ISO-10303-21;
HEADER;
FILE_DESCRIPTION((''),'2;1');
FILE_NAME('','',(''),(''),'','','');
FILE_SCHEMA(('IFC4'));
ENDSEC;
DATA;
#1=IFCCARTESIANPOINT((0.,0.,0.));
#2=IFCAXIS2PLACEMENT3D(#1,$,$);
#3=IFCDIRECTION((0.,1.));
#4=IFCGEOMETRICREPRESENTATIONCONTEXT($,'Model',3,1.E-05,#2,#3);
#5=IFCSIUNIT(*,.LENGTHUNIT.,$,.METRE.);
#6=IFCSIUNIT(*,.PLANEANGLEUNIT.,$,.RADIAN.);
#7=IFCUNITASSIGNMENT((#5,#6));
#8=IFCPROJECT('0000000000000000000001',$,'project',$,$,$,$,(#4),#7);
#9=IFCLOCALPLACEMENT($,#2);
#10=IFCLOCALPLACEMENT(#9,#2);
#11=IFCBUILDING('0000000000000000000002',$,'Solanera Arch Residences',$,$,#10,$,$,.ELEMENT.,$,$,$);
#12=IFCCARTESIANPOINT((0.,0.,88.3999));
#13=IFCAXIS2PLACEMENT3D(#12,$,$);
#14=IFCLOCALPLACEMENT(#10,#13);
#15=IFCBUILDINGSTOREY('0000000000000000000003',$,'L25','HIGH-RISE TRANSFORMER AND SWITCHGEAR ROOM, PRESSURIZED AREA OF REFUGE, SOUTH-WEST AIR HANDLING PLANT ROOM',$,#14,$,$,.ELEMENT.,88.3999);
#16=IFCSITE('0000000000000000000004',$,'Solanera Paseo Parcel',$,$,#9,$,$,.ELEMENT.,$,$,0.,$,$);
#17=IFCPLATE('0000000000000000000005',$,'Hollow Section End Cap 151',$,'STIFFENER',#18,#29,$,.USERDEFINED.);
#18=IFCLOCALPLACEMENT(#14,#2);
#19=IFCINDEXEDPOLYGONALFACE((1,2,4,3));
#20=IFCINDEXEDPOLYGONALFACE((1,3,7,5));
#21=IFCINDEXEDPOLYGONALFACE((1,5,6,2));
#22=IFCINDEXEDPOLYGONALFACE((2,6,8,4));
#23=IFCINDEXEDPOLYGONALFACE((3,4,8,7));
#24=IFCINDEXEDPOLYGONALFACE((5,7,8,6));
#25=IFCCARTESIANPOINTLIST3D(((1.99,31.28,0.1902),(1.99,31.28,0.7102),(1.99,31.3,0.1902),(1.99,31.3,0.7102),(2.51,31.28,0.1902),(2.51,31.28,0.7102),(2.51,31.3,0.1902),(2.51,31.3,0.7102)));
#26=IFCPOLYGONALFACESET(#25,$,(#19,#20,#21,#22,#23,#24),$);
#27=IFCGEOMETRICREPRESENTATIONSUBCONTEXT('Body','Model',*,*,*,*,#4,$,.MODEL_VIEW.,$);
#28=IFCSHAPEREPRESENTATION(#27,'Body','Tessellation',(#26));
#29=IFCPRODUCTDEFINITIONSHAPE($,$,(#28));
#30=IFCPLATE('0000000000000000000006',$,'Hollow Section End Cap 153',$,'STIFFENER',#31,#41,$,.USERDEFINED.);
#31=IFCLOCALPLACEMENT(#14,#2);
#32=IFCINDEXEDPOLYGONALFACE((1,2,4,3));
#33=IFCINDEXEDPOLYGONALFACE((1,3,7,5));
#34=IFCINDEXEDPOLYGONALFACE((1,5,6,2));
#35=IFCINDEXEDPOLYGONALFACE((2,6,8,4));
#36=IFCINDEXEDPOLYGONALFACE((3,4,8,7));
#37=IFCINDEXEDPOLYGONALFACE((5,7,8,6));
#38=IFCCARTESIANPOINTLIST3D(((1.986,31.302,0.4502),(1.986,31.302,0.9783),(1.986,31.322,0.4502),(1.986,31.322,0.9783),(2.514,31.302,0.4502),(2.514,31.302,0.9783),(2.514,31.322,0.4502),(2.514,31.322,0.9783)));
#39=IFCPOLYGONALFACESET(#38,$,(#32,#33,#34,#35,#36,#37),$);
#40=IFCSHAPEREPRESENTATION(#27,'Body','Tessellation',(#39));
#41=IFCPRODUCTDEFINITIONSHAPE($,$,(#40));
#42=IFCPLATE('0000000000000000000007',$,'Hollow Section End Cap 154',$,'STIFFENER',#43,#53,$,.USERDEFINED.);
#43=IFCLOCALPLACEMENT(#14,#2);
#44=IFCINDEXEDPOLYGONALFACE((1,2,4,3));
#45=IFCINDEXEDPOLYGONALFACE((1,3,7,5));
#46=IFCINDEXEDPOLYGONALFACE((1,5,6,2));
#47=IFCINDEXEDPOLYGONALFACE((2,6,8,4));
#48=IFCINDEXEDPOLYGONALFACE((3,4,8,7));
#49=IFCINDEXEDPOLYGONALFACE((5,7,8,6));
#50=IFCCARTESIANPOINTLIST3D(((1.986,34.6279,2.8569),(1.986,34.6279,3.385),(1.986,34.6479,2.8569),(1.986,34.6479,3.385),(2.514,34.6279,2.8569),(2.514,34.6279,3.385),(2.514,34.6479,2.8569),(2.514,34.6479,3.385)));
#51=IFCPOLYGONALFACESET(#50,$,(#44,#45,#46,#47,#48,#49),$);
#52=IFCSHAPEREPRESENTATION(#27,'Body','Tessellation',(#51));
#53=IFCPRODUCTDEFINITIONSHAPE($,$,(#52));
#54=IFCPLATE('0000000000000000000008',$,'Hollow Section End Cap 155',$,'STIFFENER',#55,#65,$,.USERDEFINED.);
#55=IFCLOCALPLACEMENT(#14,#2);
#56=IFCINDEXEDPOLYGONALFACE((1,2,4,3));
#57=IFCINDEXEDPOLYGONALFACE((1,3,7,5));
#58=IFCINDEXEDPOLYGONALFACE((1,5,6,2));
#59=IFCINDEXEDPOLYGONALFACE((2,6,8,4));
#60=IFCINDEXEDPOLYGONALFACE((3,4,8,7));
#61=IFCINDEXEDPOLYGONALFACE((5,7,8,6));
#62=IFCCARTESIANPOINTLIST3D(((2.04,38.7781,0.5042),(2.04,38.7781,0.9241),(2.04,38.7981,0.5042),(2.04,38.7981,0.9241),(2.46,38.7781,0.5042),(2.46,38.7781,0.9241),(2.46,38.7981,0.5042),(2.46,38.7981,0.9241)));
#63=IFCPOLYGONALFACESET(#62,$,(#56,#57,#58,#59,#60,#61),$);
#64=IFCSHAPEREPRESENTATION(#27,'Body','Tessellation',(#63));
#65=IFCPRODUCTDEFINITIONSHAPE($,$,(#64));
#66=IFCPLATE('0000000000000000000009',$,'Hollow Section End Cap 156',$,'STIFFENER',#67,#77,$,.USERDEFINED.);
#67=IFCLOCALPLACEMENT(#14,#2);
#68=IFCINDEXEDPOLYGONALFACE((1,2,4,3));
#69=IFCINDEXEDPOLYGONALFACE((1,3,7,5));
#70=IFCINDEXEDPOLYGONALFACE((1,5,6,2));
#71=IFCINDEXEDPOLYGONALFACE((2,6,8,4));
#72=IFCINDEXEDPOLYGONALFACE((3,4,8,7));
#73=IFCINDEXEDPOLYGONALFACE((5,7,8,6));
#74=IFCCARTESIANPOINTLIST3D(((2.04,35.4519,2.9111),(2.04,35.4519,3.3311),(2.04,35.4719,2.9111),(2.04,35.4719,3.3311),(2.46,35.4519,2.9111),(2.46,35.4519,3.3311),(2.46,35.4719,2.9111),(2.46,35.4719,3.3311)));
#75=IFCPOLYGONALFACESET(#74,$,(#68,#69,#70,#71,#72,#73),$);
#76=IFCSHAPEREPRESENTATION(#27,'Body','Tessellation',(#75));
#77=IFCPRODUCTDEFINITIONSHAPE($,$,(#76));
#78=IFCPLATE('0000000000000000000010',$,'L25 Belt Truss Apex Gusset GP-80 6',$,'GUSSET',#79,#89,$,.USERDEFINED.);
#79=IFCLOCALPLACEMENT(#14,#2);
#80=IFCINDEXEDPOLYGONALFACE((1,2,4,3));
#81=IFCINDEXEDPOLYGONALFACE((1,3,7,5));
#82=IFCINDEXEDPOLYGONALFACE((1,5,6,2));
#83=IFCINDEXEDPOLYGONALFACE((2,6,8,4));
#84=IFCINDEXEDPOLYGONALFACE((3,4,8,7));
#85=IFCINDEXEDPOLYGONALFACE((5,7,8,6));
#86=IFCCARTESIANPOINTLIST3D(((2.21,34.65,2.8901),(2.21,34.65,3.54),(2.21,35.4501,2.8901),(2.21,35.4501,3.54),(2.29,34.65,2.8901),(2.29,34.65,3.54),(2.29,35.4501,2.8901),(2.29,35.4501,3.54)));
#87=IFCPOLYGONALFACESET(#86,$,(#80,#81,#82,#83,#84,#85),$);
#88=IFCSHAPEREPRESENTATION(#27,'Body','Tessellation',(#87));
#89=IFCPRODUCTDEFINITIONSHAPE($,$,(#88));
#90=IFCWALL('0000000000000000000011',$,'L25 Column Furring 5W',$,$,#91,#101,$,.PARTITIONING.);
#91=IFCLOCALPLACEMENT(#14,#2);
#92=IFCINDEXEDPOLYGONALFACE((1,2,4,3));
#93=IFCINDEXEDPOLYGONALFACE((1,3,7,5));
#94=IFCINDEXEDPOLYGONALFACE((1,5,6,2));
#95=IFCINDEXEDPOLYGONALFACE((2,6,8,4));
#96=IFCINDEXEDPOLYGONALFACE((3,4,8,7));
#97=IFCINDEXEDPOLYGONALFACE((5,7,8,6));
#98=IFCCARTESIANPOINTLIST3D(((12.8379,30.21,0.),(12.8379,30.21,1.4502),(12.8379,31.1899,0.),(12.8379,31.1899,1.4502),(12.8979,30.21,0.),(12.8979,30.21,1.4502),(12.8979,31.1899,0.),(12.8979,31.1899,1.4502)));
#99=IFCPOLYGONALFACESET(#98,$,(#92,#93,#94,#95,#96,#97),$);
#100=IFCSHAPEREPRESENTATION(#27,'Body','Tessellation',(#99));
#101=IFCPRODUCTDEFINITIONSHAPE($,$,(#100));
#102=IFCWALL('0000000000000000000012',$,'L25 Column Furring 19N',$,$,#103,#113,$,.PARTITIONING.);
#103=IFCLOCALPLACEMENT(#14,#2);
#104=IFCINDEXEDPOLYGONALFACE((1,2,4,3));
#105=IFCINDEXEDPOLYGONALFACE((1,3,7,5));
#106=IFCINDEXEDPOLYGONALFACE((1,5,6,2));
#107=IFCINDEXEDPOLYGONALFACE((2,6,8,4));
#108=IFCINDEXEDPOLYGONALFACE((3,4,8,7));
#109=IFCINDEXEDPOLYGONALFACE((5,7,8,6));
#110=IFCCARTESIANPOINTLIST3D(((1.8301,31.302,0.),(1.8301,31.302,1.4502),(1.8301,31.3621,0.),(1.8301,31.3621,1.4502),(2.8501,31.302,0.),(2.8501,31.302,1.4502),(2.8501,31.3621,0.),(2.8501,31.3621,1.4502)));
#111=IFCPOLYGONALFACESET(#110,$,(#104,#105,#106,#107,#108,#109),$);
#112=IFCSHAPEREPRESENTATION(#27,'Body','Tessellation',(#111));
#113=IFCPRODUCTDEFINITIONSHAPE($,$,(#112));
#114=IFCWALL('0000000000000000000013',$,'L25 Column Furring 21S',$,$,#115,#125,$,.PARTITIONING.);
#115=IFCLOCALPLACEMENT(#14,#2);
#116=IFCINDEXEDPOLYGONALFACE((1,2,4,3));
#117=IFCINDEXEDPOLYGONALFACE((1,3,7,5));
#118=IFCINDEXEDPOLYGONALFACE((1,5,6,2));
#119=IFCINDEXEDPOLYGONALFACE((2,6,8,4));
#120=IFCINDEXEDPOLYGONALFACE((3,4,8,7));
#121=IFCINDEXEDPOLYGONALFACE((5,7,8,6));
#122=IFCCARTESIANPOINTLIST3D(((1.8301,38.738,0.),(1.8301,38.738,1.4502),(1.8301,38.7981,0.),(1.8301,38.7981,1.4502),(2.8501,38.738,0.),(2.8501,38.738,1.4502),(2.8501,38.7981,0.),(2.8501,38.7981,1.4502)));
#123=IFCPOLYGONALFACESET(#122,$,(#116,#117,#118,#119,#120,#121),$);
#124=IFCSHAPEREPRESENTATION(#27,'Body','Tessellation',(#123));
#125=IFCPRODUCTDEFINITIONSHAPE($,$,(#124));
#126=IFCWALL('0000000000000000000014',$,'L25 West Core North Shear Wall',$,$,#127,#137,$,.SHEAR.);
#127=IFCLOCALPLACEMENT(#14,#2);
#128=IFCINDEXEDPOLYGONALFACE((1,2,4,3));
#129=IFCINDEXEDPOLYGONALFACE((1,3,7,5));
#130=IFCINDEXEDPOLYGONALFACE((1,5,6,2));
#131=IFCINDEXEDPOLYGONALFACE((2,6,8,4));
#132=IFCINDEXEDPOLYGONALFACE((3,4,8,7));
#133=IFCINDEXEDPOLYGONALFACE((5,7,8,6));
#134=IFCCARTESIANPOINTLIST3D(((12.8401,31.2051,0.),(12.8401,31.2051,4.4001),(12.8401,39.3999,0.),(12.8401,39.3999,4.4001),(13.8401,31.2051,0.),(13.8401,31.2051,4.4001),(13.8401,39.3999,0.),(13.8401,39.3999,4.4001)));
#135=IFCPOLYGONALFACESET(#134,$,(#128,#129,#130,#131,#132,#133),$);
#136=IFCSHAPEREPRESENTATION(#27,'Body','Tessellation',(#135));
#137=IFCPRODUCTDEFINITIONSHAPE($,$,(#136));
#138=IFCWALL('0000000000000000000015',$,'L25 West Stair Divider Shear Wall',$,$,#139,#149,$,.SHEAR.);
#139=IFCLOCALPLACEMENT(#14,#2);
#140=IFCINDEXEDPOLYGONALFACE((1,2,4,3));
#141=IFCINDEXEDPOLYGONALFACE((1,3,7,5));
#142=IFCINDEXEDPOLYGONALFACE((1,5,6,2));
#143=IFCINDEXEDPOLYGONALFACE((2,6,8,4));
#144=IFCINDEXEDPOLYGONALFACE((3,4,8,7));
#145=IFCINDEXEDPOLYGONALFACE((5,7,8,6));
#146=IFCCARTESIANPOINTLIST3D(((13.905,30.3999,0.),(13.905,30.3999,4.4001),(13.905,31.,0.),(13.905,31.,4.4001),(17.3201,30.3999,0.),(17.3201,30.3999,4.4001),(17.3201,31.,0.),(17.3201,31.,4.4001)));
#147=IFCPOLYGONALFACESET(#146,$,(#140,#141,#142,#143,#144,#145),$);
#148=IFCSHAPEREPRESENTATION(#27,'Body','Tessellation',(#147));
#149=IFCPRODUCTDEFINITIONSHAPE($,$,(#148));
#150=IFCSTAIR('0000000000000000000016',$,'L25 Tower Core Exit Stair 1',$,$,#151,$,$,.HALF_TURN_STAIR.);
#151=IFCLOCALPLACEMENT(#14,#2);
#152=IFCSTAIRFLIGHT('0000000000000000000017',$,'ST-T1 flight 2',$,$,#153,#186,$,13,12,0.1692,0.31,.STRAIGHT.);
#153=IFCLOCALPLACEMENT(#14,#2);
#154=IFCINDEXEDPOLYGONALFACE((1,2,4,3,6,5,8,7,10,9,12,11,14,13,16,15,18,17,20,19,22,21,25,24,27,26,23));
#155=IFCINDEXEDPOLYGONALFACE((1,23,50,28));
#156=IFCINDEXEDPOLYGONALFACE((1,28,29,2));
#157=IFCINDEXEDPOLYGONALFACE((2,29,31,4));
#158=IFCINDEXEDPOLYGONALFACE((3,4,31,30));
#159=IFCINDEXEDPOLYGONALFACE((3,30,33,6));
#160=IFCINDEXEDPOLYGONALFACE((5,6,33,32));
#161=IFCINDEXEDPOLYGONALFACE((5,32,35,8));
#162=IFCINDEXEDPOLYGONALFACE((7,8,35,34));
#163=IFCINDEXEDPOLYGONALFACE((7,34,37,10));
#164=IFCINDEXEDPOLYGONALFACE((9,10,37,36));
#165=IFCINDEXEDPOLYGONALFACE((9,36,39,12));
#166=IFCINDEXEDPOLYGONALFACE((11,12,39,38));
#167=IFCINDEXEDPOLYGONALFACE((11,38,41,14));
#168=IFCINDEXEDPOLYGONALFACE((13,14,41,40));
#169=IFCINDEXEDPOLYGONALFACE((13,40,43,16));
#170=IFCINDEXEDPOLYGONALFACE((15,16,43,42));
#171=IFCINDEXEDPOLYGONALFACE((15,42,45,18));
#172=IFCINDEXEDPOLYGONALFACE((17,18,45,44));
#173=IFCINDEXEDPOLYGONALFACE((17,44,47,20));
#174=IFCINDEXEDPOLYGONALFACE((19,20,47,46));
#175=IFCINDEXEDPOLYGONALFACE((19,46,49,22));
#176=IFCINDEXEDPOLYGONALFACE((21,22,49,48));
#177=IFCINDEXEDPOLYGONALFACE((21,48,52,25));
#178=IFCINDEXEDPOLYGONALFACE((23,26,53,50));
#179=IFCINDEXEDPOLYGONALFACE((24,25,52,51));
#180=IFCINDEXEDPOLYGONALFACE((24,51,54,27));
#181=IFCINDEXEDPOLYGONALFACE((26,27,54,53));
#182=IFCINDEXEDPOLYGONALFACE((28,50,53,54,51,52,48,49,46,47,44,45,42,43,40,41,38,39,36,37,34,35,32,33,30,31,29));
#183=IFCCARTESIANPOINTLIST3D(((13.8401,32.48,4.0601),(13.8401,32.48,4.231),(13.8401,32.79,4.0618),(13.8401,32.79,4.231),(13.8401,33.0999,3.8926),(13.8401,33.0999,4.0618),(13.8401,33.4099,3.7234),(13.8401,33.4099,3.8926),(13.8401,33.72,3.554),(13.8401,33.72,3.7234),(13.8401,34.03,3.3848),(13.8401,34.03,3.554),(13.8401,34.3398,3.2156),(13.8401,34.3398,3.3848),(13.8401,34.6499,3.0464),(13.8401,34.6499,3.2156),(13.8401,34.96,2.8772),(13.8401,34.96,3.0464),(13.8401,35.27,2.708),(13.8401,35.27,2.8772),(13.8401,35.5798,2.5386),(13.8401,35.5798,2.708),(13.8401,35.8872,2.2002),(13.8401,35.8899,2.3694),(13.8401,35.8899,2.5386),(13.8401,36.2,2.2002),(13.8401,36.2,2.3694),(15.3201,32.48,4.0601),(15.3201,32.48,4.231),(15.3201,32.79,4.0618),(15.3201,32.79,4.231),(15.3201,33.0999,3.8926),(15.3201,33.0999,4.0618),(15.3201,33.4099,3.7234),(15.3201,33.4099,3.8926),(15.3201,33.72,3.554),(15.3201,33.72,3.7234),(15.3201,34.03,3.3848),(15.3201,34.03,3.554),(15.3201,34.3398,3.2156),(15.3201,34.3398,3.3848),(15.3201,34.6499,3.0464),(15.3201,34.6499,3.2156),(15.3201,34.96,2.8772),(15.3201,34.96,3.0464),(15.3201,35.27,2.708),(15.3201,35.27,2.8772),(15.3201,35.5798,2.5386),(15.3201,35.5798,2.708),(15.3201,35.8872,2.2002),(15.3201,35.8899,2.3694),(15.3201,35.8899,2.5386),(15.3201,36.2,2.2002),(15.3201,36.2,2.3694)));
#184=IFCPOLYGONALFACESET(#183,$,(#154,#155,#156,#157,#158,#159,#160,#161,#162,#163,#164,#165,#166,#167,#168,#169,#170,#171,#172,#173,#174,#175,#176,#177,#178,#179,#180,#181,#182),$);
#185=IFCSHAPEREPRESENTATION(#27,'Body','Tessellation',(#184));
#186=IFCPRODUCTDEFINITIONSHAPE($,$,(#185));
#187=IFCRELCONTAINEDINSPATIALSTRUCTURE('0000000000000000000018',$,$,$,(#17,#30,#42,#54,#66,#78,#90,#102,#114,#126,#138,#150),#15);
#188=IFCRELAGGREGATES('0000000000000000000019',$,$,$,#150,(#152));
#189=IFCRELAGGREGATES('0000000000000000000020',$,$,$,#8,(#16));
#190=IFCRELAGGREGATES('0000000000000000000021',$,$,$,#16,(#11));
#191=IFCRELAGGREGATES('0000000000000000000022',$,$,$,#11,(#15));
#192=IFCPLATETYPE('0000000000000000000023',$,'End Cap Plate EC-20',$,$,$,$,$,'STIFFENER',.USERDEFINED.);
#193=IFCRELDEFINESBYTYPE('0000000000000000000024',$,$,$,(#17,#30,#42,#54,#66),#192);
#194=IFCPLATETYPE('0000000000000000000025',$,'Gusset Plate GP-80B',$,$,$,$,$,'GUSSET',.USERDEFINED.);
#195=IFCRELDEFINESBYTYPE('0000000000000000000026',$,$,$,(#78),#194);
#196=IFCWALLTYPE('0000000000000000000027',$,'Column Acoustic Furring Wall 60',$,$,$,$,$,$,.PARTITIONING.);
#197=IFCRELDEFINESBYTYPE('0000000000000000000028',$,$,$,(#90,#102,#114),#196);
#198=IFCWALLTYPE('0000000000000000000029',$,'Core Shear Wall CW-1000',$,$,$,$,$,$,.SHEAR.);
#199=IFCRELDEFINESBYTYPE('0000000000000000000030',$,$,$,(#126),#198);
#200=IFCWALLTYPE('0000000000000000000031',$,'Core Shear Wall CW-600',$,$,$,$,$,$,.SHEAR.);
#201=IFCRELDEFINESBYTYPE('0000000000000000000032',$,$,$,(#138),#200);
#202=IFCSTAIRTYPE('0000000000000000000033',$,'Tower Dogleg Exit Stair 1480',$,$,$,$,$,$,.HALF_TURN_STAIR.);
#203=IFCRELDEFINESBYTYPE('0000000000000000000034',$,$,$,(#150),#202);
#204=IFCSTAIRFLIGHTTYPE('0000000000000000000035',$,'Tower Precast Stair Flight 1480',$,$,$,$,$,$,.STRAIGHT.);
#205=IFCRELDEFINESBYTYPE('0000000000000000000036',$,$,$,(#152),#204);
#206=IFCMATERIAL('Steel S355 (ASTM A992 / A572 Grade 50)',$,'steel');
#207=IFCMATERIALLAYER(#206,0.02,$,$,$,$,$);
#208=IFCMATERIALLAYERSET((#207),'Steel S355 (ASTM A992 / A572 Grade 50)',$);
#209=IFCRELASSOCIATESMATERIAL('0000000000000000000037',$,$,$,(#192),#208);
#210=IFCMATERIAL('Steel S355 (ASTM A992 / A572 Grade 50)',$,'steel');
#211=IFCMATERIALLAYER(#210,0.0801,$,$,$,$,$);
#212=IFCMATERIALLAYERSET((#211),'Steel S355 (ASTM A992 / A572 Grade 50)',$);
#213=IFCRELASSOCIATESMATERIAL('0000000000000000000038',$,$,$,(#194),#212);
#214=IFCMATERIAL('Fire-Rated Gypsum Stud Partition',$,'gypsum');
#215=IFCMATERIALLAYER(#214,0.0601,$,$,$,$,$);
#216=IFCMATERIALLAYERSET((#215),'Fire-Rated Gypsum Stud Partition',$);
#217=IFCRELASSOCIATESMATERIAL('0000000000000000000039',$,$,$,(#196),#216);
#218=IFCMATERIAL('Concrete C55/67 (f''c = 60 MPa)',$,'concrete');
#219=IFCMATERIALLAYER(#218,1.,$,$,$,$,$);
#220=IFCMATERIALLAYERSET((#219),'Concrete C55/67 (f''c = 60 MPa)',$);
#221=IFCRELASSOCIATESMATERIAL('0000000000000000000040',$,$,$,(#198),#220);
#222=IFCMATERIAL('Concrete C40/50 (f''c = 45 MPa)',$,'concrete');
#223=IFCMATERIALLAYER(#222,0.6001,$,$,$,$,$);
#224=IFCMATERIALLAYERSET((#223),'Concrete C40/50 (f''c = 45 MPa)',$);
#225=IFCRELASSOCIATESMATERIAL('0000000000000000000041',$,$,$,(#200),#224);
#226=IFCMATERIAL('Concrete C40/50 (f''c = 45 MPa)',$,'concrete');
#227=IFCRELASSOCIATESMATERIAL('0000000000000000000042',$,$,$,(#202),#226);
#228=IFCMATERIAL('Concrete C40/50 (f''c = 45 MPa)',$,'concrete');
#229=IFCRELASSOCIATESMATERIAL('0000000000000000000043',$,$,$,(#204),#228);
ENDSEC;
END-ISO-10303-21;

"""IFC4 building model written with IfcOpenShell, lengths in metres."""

from ifc_helpers import new_model, si_unit, direction, frame, frame_2d, origin, origin_2d, place, context, subcontext, project, spatial, polyline, rectangle, outline, extrude, material, layer, layer_set, type_object, element, aggregate, save


model = new_model("IFC4")

# Units and contexts
model_context = context("Model", 3, precision=1e-05, world=origin(), true_north=direction((0.0, 1.0)))
body_context = subcontext(model_context, "Body", "Model", "MODEL_VIEW")
ifc_project = project(units=[si_unit("LENGTHUNIT", "METRE"), si_unit("PLANEANGLEUNIT", "RADIAN")], contexts=[model_context])

# Site, building, storey
site_placement = place(None, origin())
site = spatial("IfcSite", under=ifc_project, at=site_placement, Name="Solanera Paseo Parcel", CompositionType="ELEMENT", RefElevation=0.0)
building_placement = place(site_placement, origin())
building = spatial("IfcBuilding", under=site, at=building_placement, Name="Solanera Arch Residences", CompositionType="ELEMENT")
storey_placement = place(building_placement, frame((0.0, 0.0, 88.3999)))
storey = spatial("IfcBuildingStorey", under=building, at=storey_placement, Name="L25", Description="HIGH-RISE TRANSFORMER AND SWITCHGEAR ROOM, PRESSURIZED AREA OF REFUGE, SOUTH-WEST AIR HANDLING PLANT ROOM", CompositionType="ELEMENT", Elevation=88.3999)

# Plates
ifc_material_1 = material(Name="Steel S355 (ASTM A992 / A572 Grade 50)", Category="steel")
ifc_layer_1 = layer(ifc_material_1, 0.02)
ifc_layer_set_1 = layer_set([ifc_layer_1], Name="Steel S355 (ASTM A992 / A572 Grade 50)")
plate_type_1 = type_object("IfcPlateType", Name="End Cap Plate EC-20", ElementType="STIFFENER", PredefinedType="USERDEFINED", material=ifc_layer_set_1)
plate_1_placement = place(storey_placement, frame((2.25, 31.29, 0.1902), z_axis=(0.0, 0.0, 1.0), x_axis=(0.0, -1.0, 0.0)))
element("IfcPlate", 1, at=plate_1_placement, inside=storey, type_object=plate_type_1, Name="Hollow Section End Cap 151", ObjectType="STIFFENER", PredefinedType="USERDEFINED", context=body_context, shape_type="SweptSolid", body=[
    extrude(rectangle(XDim=0.02, YDim=0.52, at=origin_2d()), origin(), (0.0, 0.0, 1.0), 0.52),
])
for number, where, z_axis, x_axis, name in (
    (2, (2.25, 31.312, 0.4502), (0.0, 0.0, 1.0), (0.0, -1.0, 0.0), "Hollow Section End Cap 153"),
    (3, (2.25, 34.6379, 2.8569), (0.0, 0.0, 1.0), (0.0, 1.0, 0.0), "Hollow Section End Cap 154"),
):
    element("IfcPlate", number, at=place(storey_placement, frame(where, z_axis=z_axis, x_axis=x_axis)), inside=storey, type_object=plate_type_1, Name=name, ObjectType="STIFFENER", PredefinedType="USERDEFINED", context=body_context, shape_type="SweptSolid", body=[
        extrude(rectangle(XDim=0.02, YDim=0.5281, at=origin_2d()), origin(), (0.0, 0.0, 1.0), 0.5281),
    ])
for number, where, z_axis, x_axis, name in (
    (4, (2.25, 38.7881, 0.5042), (0.0, 0.0, 1.0), (0.0, 1.0, 0.0), "Hollow Section End Cap 155"),
    (5, (2.25, 35.4619, 2.9111), (0.0, 0.0, 1.0), (0.0, -1.0, 0.0), "Hollow Section End Cap 156"),
):
    element("IfcPlate", number, at=place(storey_placement, frame(where, z_axis=z_axis, x_axis=x_axis)), inside=storey, type_object=plate_type_1, Name=name, ObjectType="STIFFENER", PredefinedType="USERDEFINED", context=body_context, shape_type="SweptSolid", body=[
        extrude(rectangle(XDim=0.02, YDim=0.4199, at=origin_2d()), origin(), (0.0, 0.0, 1.0), 0.4199),
    ])
ifc_material_2 = material(Name="Steel S355 (ASTM A992 / A572 Grade 50)", Category="steel")
ifc_layer_2 = layer(ifc_material_2, 0.0801)
ifc_layer_set_2 = layer_set([ifc_layer_2], Name="Steel S355 (ASTM A992 / A572 Grade 50)")
plate_type_2 = type_object("IfcPlateType", Name="Gusset Plate GP-80B", ElementType="GUSSET", PredefinedType="USERDEFINED", material=ifc_layer_set_2)
plate_2_placement = place(storey_placement, frame((2.25, 35.05, 2.8901), z_axis=(0.0, 0.0, 1.0), x_axis=(1.0, 0.0, 0.0)))
element("IfcPlate", 6, at=plate_2_placement, inside=storey, type_object=plate_type_2, Name="L25 Belt Truss Apex Gusset GP-80 6", ObjectType="GUSSET", PredefinedType="USERDEFINED", context=body_context, shape_type="SweptSolid", body=[
    extrude(rectangle(XDim=0.0801, YDim=0.8, at=origin_2d()), origin(), (0.0, 0.0, 1.0), 0.6499),
])

# Walls
ifc_material_3 = material(Name="Fire-Rated Gypsum Stud Partition", Category="gypsum")
ifc_layer_3 = layer(ifc_material_3, 0.0601)
ifc_layer_set_3 = layer_set([ifc_layer_3], Name="Fire-Rated Gypsum Stud Partition")
wall_type_1 = type_object("IfcWallType", Name="Column Acoustic Furring Wall 60", PredefinedType="PARTITIONING", material=ifc_layer_set_3)
wall_1_placement = place(storey_placement, frame((12.8679, 30.21, 0.0), z_axis=(0.0, 0.0, 1.0), x_axis=(0.0, 1.0, 0.0)))
element("IfcWall", 7, at=wall_1_placement, inside=storey, type_object=wall_type_1, Name="L25 Column Furring 5W", PredefinedType="PARTITIONING", context=body_context, shape_type="SweptSolid", body=[
    extrude(rectangle(XDim=0.98, YDim=0.0601, at=frame_2d((0.49, 0.0))), origin(), (0.0, 0.0, 1.0), 1.4502),
])
for number, where, z_axis, x_axis, name in (
    (8, (1.8301, 31.332, 0.0), (0.0, 0.0, 1.0), (1.0, 0.0, 0.0), "L25 Column Furring 19N"),
    (9, (1.8301, 38.7681, 0.0), (0.0, 0.0, 1.0), (1.0, 0.0, 0.0), "L25 Column Furring 21S"),
):
    element("IfcWall", number, at=place(storey_placement, frame(where, z_axis=z_axis, x_axis=x_axis)), inside=storey, type_object=wall_type_1, Name=name, PredefinedType="PARTITIONING", context=body_context, shape_type="SweptSolid", body=[
        extrude(rectangle(XDim=1.02, YDim=0.0601, at=frame_2d((0.51, 0.0))), origin(), (0.0, 0.0, 1.0), 1.4502),
    ])
ifc_material_4 = material(Name="Concrete C55/67 (f'c = 60 MPa)", Category="concrete")
ifc_layer_4 = layer(ifc_material_4, 1.0)
ifc_layer_set_4 = layer_set([ifc_layer_4], Name="Concrete C55/67 (f'c = 60 MPa)")
wall_type_2 = type_object("IfcWallType", Name="Core Shear Wall CW-1000", PredefinedType="SHEAR", material=ifc_layer_set_4)
wall_2_placement = place(storey_placement, frame((13.3401, 31.2051, 0.0), z_axis=(0.0, 0.0, 1.0), x_axis=(0.0, 1.0, 0.0)))
element("IfcWall", 10, at=wall_2_placement, inside=storey, type_object=wall_type_2, Name="L25 West Core North Shear Wall", PredefinedType="SHEAR", context=body_context, shape_type="SweptSolid", body=[
    extrude(rectangle(XDim=8.1948, YDim=1.0, at=frame_2d((4.0974, 0.0))), origin(), (0.0, 0.0, 1.0), 4.4001),
])
ifc_material_5 = material(Name="Concrete C40/50 (f'c = 45 MPa)", Category="concrete")
ifc_layer_5 = layer(ifc_material_5, 0.6001)
ifc_layer_set_5 = layer_set([ifc_layer_5], Name="Concrete C40/50 (f'c = 45 MPa)")
wall_type_3 = type_object("IfcWallType", Name="Core Shear Wall CW-600", PredefinedType="SHEAR", material=ifc_layer_set_5)
wall_3_placement = place(storey_placement, frame((13.905, 30.7, 0.0), z_axis=(0.0, 0.0, 1.0), x_axis=(1.0, 0.0, 0.0)))
element("IfcWall", 11, at=wall_3_placement, inside=storey, type_object=wall_type_3, Name="L25 West Stair Divider Shear Wall", PredefinedType="SHEAR", context=body_context, shape_type="SweptSolid", body=[
    extrude(rectangle(XDim=3.415, YDim=0.6001, at=frame_2d((1.7075, 0.0))), origin(), (0.0, 0.0, 1.0), 4.4001),
])

# Stair, stair flight
ifc_material_6 = material(Name="Concrete C40/50 (f'c = 45 MPa)", Category="concrete")
stair_type = type_object("IfcStairType", Name="Tower Dogleg Exit Stair 1480", PredefinedType="HALF_TURN_STAIR", material=ifc_material_6)
stair_placement = place(storey_placement, origin())
stair = element("IfcStair", 12, at=stair_placement, inside=storey, type_object=stair_type, Name="L25 Tower Core Exit Stair 1", PredefinedType="HALF_TURN_STAIR")
ifc_material_7 = material(Name="Concrete C40/50 (f'c = 45 MPa)", Category="concrete")
stair_flight_type = type_object("IfcStairFlightType", Name="Tower Precast Stair Flight 1480", PredefinedType="STRAIGHT", material=ifc_material_7)
stair_flight_placement = place(storey_placement, frame((14.5801, 36.2, 2.2002), z_axis=(0.0, 0.0, 1.0), x_axis=(0.0, -1.0, 0.0)))
stair_flight = element("IfcStairFlight", 13, at=stair_flight_placement, type_object=stair_flight_type, Name="ST-T1 flight 2", NumberOfRisers=13, NumberOfTreads=12, PredefinedType="STRAIGHT", RiserHeight=0.1692, TreadLength=0.31, context=body_context, shape_type="SweptSolid", body=[
    extrude(outline(polyline([(0.0, 0.0), (0.0, 0.1692), (0.3101, 0.1692), (0.3101, 0.3384), (0.6201, 0.3384), (0.6201, 0.5078), (0.9299, 0.5078), (0.9299, 0.677), (1.24, 0.677), (1.24, 0.8462), (1.55, 0.8462), (1.55, 1.0154), (1.8601, 1.0154), (1.8601, 1.1846), (2.1699, 1.1846), (2.1699, 1.3538), (2.48, 1.3538), (2.48, 1.5232), (2.79, 1.5232), (2.79, 1.6924), (3.1001, 1.6924), (3.1001, 1.8616), (3.4099, 1.8616), (3.4099, 2.0308), (3.72, 2.0308), (3.72, 2.2), (3.72, 1.8599), (0.3127, 0.0), (0.0, 0.0)])), frame((0.0, 0.74, 0.0), z_axis=(0.0, -1.0, 0.0), x_axis=(1.0, 0.0, 0.0)), (0.0, 0.0, 1.0), 1.48),
])
aggregate(stair, [stair_flight])

save(model, "model.ifc")
